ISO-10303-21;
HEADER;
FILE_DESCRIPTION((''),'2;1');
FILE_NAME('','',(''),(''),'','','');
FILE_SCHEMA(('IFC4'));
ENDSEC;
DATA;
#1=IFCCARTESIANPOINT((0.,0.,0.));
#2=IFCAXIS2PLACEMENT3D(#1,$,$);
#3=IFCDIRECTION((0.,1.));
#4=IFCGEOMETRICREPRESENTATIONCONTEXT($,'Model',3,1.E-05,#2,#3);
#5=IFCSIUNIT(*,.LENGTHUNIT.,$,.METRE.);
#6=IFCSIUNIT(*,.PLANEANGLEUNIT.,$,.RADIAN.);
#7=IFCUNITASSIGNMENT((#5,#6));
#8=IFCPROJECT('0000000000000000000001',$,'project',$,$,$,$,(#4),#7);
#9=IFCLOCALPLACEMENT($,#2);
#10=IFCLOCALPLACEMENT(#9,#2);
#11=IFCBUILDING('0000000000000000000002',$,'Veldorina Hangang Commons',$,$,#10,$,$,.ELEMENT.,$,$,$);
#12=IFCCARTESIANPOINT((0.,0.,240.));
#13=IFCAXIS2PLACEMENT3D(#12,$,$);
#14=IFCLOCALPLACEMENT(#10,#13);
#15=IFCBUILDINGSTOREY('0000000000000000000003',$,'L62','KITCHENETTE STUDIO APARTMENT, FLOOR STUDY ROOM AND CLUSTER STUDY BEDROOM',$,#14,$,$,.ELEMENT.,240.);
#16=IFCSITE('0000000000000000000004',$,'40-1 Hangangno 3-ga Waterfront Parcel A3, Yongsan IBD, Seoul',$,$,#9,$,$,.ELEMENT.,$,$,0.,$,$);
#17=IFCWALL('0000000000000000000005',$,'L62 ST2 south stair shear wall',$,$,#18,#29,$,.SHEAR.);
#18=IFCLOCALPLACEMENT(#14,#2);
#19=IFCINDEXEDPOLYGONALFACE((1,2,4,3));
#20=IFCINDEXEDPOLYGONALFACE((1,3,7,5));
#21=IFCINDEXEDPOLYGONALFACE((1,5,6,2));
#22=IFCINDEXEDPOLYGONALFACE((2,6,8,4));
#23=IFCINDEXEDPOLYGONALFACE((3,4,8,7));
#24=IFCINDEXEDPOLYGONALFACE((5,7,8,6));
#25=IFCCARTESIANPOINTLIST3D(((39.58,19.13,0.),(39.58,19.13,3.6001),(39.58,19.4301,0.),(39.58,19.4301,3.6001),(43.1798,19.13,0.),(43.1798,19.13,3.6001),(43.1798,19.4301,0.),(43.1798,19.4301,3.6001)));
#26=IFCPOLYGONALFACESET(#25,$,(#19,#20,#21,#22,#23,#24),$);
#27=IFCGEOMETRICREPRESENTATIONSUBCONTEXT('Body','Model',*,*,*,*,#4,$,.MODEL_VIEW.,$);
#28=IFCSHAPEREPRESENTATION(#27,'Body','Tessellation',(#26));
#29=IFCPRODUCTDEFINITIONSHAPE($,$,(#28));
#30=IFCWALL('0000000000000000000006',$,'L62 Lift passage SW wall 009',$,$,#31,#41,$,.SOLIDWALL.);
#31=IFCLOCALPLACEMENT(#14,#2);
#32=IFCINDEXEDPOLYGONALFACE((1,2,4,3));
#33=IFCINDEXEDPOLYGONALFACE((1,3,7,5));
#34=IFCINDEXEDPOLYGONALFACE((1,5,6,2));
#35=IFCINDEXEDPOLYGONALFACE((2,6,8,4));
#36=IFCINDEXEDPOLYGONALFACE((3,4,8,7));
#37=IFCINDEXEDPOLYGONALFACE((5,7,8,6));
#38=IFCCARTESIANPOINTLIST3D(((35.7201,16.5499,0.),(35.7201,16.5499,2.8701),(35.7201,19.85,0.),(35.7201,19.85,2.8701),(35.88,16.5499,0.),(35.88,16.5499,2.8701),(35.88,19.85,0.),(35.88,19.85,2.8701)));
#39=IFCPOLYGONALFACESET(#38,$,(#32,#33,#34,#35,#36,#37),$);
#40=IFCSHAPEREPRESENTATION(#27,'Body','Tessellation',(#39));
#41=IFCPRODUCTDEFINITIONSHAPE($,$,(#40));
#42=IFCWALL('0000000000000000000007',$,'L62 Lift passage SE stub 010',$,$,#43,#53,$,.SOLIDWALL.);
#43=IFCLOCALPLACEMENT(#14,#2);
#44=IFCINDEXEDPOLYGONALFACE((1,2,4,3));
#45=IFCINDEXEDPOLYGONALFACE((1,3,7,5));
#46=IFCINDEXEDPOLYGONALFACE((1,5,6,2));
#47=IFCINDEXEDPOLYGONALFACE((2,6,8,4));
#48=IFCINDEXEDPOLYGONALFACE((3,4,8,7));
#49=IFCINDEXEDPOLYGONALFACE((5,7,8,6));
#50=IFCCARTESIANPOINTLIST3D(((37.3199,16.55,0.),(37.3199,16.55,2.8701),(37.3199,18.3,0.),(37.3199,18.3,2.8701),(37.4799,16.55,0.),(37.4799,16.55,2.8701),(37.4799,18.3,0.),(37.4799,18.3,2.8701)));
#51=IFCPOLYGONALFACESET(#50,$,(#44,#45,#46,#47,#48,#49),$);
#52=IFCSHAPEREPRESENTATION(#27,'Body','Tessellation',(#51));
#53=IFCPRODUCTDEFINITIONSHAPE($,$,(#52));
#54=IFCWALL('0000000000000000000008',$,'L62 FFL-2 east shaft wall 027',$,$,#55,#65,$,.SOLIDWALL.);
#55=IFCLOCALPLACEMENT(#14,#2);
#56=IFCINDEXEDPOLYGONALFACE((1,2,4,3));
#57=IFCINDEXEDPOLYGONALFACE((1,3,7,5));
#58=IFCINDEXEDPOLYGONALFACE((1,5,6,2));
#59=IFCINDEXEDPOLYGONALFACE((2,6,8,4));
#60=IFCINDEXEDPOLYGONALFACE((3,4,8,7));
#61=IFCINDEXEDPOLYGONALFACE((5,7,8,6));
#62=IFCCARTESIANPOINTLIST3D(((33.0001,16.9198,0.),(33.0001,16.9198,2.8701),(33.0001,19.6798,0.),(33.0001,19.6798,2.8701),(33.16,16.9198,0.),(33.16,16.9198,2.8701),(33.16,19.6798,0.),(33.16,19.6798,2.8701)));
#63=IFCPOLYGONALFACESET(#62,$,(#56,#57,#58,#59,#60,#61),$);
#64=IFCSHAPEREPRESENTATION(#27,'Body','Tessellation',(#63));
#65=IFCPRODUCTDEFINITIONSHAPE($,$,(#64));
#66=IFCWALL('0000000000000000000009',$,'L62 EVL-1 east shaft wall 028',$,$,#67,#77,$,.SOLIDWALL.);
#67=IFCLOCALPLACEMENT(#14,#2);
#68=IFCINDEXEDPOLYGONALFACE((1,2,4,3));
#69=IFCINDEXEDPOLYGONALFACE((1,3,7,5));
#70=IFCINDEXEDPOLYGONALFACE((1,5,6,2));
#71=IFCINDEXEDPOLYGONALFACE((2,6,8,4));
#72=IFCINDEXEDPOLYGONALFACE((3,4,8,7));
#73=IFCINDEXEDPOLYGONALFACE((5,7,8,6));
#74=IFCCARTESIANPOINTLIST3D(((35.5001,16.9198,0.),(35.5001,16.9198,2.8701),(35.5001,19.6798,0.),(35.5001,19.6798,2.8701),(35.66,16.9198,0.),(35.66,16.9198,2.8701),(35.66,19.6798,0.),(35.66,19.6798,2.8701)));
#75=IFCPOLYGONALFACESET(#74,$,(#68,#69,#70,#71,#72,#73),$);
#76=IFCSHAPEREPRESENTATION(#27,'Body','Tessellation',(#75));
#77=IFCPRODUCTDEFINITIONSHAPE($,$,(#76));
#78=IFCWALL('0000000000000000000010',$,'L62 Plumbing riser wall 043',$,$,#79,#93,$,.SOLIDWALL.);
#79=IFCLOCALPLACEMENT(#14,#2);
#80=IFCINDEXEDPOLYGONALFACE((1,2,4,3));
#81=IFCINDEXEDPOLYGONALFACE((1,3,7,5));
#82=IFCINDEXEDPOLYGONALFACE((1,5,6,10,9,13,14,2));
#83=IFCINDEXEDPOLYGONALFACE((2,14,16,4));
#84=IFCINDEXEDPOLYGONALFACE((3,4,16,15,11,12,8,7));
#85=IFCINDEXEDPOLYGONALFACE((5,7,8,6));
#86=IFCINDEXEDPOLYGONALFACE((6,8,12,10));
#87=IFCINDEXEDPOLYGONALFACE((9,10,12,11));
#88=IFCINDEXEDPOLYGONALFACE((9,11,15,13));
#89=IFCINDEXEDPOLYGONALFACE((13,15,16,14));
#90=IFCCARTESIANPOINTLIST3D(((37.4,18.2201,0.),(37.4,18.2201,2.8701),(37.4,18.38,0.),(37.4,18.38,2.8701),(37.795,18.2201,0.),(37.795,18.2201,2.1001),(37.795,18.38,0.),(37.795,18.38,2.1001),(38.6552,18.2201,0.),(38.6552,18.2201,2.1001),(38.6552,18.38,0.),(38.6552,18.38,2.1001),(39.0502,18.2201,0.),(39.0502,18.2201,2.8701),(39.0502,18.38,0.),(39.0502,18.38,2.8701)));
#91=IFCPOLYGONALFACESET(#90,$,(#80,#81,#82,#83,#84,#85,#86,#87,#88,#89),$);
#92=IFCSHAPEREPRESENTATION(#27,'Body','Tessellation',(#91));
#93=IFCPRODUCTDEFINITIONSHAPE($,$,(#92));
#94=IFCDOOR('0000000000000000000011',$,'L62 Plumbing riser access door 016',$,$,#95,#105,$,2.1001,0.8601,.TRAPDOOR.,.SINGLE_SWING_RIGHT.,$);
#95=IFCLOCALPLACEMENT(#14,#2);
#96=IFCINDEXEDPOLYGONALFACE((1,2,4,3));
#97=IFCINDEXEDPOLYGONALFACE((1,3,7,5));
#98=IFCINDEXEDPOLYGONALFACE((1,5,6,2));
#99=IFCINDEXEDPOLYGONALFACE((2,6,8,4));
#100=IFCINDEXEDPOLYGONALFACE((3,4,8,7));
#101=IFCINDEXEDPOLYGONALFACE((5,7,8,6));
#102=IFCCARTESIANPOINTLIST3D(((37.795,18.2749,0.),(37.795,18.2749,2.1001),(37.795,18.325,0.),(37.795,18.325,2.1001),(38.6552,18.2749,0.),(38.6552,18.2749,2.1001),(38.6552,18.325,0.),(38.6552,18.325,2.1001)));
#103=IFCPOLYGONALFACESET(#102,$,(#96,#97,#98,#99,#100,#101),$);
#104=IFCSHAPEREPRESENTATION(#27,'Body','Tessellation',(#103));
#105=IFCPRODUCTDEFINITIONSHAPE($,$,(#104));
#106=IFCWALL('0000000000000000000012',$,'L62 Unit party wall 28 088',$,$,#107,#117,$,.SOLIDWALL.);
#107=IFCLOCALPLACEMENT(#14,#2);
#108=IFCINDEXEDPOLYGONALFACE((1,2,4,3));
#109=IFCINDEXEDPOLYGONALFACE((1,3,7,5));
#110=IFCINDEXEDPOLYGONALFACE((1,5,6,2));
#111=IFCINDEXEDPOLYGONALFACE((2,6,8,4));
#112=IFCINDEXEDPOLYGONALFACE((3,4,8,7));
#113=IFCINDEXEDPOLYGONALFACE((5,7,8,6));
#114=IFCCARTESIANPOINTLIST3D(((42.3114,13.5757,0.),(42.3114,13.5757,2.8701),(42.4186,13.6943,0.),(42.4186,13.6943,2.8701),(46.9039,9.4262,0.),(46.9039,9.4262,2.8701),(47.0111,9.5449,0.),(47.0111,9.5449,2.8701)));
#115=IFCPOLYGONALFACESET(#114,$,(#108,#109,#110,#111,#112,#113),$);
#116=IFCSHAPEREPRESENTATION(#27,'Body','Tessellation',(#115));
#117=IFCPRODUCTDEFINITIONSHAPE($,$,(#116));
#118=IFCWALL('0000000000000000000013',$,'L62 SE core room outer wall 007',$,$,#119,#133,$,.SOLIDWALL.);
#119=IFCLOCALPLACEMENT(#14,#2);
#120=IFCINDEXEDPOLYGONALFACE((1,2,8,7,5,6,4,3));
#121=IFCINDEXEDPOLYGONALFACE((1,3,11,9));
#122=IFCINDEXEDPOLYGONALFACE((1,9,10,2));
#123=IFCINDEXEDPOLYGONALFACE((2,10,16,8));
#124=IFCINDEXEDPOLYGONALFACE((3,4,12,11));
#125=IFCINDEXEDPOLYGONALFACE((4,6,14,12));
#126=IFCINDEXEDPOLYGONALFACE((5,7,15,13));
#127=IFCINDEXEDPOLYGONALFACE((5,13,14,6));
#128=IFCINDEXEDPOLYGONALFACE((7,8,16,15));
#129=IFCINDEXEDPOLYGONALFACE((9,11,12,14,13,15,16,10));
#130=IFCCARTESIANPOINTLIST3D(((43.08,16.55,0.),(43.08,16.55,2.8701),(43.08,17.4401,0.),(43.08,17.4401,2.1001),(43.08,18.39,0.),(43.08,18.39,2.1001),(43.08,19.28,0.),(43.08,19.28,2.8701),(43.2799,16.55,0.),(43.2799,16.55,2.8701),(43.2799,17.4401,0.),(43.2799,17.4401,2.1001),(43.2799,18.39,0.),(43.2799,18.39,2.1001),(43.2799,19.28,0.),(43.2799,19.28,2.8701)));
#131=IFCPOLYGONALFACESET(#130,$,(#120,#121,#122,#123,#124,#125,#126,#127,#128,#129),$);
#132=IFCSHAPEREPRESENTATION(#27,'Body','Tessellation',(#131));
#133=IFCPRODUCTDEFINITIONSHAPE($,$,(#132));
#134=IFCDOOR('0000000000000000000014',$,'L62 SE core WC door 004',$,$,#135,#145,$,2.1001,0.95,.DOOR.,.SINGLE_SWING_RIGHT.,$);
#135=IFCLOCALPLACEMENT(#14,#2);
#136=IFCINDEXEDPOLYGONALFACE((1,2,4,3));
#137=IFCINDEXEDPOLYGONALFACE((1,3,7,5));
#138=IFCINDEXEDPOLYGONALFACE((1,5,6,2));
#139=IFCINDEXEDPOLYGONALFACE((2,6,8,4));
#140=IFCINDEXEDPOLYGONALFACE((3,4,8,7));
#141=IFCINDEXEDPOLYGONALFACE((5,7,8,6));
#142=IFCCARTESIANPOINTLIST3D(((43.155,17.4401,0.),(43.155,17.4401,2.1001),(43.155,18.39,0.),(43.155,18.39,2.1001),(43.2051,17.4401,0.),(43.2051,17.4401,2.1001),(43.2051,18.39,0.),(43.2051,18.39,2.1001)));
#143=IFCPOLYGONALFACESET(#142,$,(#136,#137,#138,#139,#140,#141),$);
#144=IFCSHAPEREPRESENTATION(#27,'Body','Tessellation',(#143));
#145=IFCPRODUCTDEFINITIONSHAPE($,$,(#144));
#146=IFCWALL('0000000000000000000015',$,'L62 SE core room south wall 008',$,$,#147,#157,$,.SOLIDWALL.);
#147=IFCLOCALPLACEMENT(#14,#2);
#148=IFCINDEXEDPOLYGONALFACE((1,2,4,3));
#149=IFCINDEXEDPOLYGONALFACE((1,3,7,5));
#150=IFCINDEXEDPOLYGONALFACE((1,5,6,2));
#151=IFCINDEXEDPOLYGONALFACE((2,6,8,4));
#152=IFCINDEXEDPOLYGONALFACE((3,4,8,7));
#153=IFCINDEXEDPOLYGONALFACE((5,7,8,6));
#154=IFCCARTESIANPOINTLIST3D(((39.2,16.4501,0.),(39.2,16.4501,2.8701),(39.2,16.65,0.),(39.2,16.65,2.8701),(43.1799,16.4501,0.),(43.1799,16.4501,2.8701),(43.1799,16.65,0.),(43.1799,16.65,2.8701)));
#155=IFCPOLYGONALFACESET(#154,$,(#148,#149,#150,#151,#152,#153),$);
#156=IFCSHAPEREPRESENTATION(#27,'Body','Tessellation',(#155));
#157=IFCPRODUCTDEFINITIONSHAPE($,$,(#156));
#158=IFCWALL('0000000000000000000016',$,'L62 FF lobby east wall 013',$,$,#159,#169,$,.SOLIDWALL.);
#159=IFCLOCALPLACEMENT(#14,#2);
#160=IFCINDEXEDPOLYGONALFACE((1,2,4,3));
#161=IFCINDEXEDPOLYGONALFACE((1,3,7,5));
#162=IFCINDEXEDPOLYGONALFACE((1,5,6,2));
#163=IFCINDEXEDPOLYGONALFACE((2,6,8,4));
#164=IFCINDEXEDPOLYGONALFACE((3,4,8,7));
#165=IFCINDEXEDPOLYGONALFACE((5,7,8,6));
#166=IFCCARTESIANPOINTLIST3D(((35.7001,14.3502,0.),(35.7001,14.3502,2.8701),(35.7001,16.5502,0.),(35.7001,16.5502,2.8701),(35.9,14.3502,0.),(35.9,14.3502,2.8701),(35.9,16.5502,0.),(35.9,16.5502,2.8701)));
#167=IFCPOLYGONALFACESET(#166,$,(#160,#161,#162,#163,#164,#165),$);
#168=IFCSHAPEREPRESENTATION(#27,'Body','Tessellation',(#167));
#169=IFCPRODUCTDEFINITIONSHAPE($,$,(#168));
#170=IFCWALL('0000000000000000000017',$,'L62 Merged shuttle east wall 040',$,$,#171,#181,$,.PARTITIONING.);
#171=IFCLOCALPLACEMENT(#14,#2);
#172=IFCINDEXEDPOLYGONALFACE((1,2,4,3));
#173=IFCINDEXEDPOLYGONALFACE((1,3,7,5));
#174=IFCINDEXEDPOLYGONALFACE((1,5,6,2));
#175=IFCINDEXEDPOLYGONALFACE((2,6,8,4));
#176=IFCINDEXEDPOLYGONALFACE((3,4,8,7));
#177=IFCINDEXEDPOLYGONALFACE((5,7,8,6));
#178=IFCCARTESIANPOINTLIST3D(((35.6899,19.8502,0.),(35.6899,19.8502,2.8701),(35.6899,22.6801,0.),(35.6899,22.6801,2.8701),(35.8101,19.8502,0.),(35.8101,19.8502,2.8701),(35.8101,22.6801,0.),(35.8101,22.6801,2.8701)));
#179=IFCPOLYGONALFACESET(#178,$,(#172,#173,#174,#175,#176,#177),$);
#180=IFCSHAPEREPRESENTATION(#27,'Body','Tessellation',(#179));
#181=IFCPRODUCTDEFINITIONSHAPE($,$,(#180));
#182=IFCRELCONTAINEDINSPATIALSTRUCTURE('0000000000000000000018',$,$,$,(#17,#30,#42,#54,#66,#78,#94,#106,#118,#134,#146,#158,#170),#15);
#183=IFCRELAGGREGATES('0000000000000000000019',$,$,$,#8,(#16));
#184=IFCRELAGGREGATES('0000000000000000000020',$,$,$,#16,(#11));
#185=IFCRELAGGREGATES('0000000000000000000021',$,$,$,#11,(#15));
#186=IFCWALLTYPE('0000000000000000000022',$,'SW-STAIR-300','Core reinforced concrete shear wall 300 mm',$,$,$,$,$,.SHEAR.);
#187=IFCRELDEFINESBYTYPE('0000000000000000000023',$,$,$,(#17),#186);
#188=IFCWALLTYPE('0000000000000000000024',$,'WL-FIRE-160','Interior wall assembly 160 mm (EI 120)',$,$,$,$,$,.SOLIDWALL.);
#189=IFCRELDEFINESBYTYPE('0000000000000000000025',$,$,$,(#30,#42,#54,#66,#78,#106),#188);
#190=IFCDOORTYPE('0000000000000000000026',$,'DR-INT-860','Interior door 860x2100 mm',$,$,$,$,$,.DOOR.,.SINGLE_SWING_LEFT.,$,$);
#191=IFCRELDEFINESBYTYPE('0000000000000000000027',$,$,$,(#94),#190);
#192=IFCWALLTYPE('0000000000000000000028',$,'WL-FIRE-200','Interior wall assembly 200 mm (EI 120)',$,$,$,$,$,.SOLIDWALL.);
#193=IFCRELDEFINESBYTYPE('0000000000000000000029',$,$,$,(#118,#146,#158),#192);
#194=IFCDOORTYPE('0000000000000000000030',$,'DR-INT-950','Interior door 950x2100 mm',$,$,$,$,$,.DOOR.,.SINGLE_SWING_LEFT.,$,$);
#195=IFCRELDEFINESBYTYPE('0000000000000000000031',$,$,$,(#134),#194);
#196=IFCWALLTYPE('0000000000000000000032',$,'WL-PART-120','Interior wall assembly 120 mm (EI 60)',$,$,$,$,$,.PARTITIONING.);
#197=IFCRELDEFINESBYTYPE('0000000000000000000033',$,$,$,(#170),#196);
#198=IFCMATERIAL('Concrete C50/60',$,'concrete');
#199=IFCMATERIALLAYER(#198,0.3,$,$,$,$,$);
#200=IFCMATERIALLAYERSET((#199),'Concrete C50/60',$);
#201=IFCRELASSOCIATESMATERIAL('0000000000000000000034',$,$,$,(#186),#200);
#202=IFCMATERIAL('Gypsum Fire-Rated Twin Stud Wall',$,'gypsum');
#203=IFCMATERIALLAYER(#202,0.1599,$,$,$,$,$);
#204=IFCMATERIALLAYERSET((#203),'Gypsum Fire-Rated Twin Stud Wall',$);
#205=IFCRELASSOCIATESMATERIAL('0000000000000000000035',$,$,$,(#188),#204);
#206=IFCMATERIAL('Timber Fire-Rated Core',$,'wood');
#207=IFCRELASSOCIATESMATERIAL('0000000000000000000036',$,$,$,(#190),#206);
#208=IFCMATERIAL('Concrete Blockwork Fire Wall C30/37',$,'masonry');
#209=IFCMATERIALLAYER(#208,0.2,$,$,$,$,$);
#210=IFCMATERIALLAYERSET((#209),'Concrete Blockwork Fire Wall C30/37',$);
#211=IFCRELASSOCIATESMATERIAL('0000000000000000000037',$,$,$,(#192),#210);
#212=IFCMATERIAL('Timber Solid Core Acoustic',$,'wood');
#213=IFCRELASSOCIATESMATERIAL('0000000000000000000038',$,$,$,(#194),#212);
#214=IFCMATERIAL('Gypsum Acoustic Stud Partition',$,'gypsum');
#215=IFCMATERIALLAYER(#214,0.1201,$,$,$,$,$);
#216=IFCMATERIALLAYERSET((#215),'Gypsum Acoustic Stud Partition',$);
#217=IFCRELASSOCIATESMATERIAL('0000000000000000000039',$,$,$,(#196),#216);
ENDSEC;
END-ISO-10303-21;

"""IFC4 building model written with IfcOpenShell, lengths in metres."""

from ifc_helpers import new_model, si_unit, direction, frame, frame_2d, origin, place, context, subcontext, project, spatial, rectangle, extrude, material, layer, layer_set, type_object, element, fill, save


model = new_model("IFC4")

# Units and contexts
model_context = context("Model", 3, precision=1e-05, world=origin(), true_north=direction((0.0, 1.0)))
body_context = subcontext(model_context, "Body", "Model", "MODEL_VIEW")
ifc_project = project(units=[si_unit("LENGTHUNIT", "METRE"), si_unit("PLANEANGLEUNIT", "RADIAN")], contexts=[model_context])

# Site, building, storey
site_placement = place(None, origin())
site = spatial("IfcSite", under=ifc_project, at=site_placement, Name="40-1 Hangangno 3-ga Waterfront Parcel A3, Yongsan IBD, Seoul", CompositionType="ELEMENT", RefElevation=0.0)
building_placement = place(site_placement, origin())
building = spatial("IfcBuilding", under=site, at=building_placement, Name="Veldorina Hangang Commons", CompositionType="ELEMENT")
storey_placement = place(building_placement, frame((0.0, 0.0, 240.0)))
storey = spatial("IfcBuildingStorey", under=building, at=storey_placement, Name="L62", Description="KITCHENETTE STUDIO APARTMENT, FLOOR STUDY ROOM AND CLUSTER STUDY BEDROOM", CompositionType="ELEMENT", Elevation=240.0)

# Shared definitions
ifc_material_1 = material(Name="Concrete C50/60", Category="concrete")

# Walls
ifc_layer_1 = layer(ifc_material_1, 0.3)
ifc_layer_set_1 = layer_set([ifc_layer_1], Name="Concrete C50/60")
wall_type_1 = type_object("IfcWallType", Name="SW-STAIR-300", Description="Core reinforced concrete shear wall 300 mm", PredefinedType="SHEAR", material=ifc_layer_set_1)
wall_1_placement = place(storey_placement, frame((39.5801, 19.28, 0.0), z_axis=(0.0, 0.0, 1.0), x_axis=(1.0, 0.0, 0.0)))
element("IfcWall", 1, at=wall_1_placement, inside=storey, type_object=wall_type_1, Name="L62 ST2 south stair shear wall", PredefinedType="SHEAR", context=body_context, shape_type="SweptSolid", body=[
    extrude(rectangle(XDim=3.5999, YDim=0.3, at=frame_2d((1.7998, 0.0))), origin(), (0.0, 0.0, 1.0), 3.6001),
])
ifc_material_2 = material(Name="Gypsum Fire-Rated Twin Stud Wall", Category="gypsum")
ifc_layer_2 = layer(ifc_material_2, 0.1599)
ifc_layer_set_2 = layer_set([ifc_layer_2], Name="Gypsum Fire-Rated Twin Stud Wall")
wall_type_2 = type_object("IfcWallType", Name="WL-FIRE-160", Description="Interior wall assembly 160 mm (EI 120)", PredefinedType="SOLIDWALL", material=ifc_layer_set_2)
wall_2_placement = place(storey_placement, frame((35.8, 16.55, 0.0), z_axis=(0.0, 0.0, 1.0), x_axis=(0.0, 1.0, 0.0)))
element("IfcWall", 2, at=wall_2_placement, inside=storey, type_object=wall_type_2, Name="L62 Lift passage SW wall 009", PredefinedType="SOLIDWALL", context=body_context, shape_type="SweptSolid", body=[
    extrude(rectangle(XDim=3.3, YDim=0.1599, at=frame_2d((1.6499, 0.0))), origin(), (0.0, 0.0, 1.0), 2.8701),
])
wall_3_placement = place(storey_placement, frame((37.3999, 16.55, 0.0), z_axis=(0.0, 0.0, 1.0), x_axis=(0.0, 1.0, 0.0)))
element("IfcWall", 3, at=wall_3_placement, inside=storey, type_object=wall_type_2, Name="L62 Lift passage SE stub 010", PredefinedType="SOLIDWALL", context=body_context, shape_type="SweptSolid", body=[
    extrude(rectangle(XDim=1.75, YDim=0.1599, at=frame_2d((0.875, 0.0))), origin(), (0.0, 0.0, 1.0), 2.8701),
])
for number, where, z_axis, x_axis, name in (
    (4, (33.0801, 16.9199, 0.0), (0.0, 0.0, 1.0), (0.0, 1.0, 0.0), "L62 FFL-2 east shaft wall 027"),
    (5, (35.5801, 16.9199, 0.0), (0.0, 0.0, 1.0), (0.0, 1.0, 0.0), "L62 EVL-1 east shaft wall 028"),
):
    element("IfcWall", number, at=place(storey_placement, frame(where, z_axis=z_axis, x_axis=x_axis)), inside=storey, type_object=wall_type_2, Name=name, PredefinedType="SOLIDWALL", context=body_context, shape_type="SweptSolid", body=[
        extrude(rectangle(XDim=2.76, YDim=0.1599, at=frame_2d((1.3799, 0.0))), origin(), (0.0, 0.0, 1.0), 2.8701),
    ])

# Wall, opening, door
wall_4_placement = place(storey_placement, frame((37.3999, 18.3, 0.0), z_axis=(0.0, 0.0, 1.0), x_axis=(1.0, 0.0, 0.0)))
wall_4 = element("IfcWall", 6, at=wall_4_placement, inside=storey, type_object=wall_type_2, Name="L62 Plumbing riser wall 043", PredefinedType="SOLIDWALL", context=body_context, shape_type="SweptSolid", body=[
    extrude(rectangle(XDim=1.6501, YDim=0.1599, at=frame_2d((0.8252, 0.0))), origin(), (0.0, 0.0, 1.0), 2.8701),
])
opening_1_placement = place(wall_4_placement, frame((0.395, 0.0, 0.0)))
opening_1 = element("IfcOpeningElement", 7, at=opening_1_placement, cuts=wall_4, PredefinedType="OPENING", context=body_context, shape_type="SweptSolid", body=[
    extrude(rectangle(XDim=0.8601, YDim=2.1001, at=frame_2d((0.4302, 1.05))), frame((0.0, 0.0898, 0.0), z_axis=(0.0, -1.0, 0.0), x_axis=(1.0, 0.0, 0.0)), (0.0, 0.0, 1.0), 0.1799),
])
ifc_material_3 = material(Name="Timber Fire-Rated Core", Category="wood")
door_type_1 = type_object("IfcDoorType", Name="DR-INT-860", Description="Interior door 860x2100 mm", OperationType="SINGLE_SWING_LEFT", PredefinedType="DOOR", material=ifc_material_3)
door_1_placement = place(opening_1_placement, origin())
door_1 = element("IfcDoor", 8, at=door_1_placement, inside=storey, type_object=door_type_1, Name="L62 Plumbing riser access door 016", OperationType="SINGLE_SWING_RIGHT", OverallHeight=2.1001, OverallWidth=0.8601, PredefinedType="TRAPDOOR", context=body_context, shape_type="SweptSolid", body=[
    extrude(rectangle(XDim=0.8601, YDim=2.1001, at=frame_2d((0.4302, 1.05))), frame((0.0, 0.0249, 0.0), z_axis=(0.0, -1.0, 0.0), x_axis=(1.0, 0.0, 0.0)), (0.0, 0.0, 1.0), 0.05),
])
fill(opening_1, door_1)

# Wall
wall_5_placement = place(storey_placement, frame((42.365, 13.635, 0.0), z_axis=(0.0, 0.0, 1.0), x_axis=(0.741996, -0.670404, 0.0)))
element("IfcWall", 9, at=wall_5_placement, inside=storey, type_object=wall_type_2, Name="L62 Unit party wall 28 088", PredefinedType="SOLIDWALL", context=body_context, shape_type="SweptSolid", body=[
    extrude(rectangle(XDim=6.1895, YDim=0.1599, at=frame_2d((3.0947, 0.0))), origin(), (0.0, 0.0, 1.0), 2.8701),
])

# Wall, opening, door
ifc_material_4 = material(Name="Concrete Blockwork Fire Wall C30/37", Category="masonry")
ifc_layer_3 = layer(ifc_material_4, 0.2)
ifc_layer_set_3 = layer_set([ifc_layer_3], Name="Concrete Blockwork Fire Wall C30/37")
wall_type_3 = type_object("IfcWallType", Name="WL-FIRE-200", Description="Interior wall assembly 200 mm (EI 120)", PredefinedType="SOLIDWALL", material=ifc_layer_set_3)
wall_6_placement = place(storey_placement, frame((43.1799, 16.55, 0.0), z_axis=(0.0, 0.0, 1.0), x_axis=(0.0, 1.0, 0.0)))
wall_6 = element("IfcWall", 10, at=wall_6_placement, inside=storey, type_object=wall_type_3, Name="L62 SE core room outer wall 007", PredefinedType="SOLIDWALL", context=body_context, shape_type="SweptSolid", body=[
    extrude(rectangle(XDim=2.73, YDim=0.2, at=frame_2d((1.365, 0.0))), origin(), (0.0, 0.0, 1.0), 2.8701),
])
opening_2_placement = place(wall_6_placement, frame((0.8899, 0.0, 0.0)))
opening_2 = element("IfcOpeningElement", 11, at=opening_2_placement, cuts=wall_6, PredefinedType="OPENING", context=body_context, shape_type="SweptSolid", body=[
    extrude(rectangle(XDim=0.95, YDim=2.1001, at=frame_2d((0.4751, 1.05))), frame((0.0, 0.1099, 0.0), z_axis=(0.0, -1.0, 0.0), x_axis=(1.0, 0.0, 0.0)), (0.0, 0.0, 1.0), 0.22),
])
ifc_material_5 = material(Name="Timber Solid Core Acoustic", Category="wood")
door_type_2 = type_object("IfcDoorType", Name="DR-INT-950", Description="Interior door 950x2100 mm", OperationType="SINGLE_SWING_LEFT", PredefinedType="DOOR", material=ifc_material_5)
door_2_placement = place(opening_2_placement, origin())
door_2 = element("IfcDoor", 12, at=door_2_placement, inside=storey, type_object=door_type_2, Name="L62 SE core WC door 004", OperationType="SINGLE_SWING_RIGHT", OverallHeight=2.1001, OverallWidth=0.95, PredefinedType="DOOR", context=body_context, shape_type="SweptSolid", body=[
    extrude(rectangle(XDim=0.95, YDim=2.1001, at=frame_2d((0.4751, 1.05))), frame((0.0, 0.0249, 0.0), z_axis=(0.0, -1.0, 0.0), x_axis=(1.0, 0.0, 0.0)), (0.0, 0.0, 1.0), 0.05),
])
fill(opening_2, door_2)

# Walls
wall_7_placement = place(storey_placement, frame((39.2, 16.55, 0.0), z_axis=(0.0, 0.0, 1.0), x_axis=(1.0, 0.0, 0.0)))
element("IfcWall", 13, at=wall_7_placement, inside=storey, type_object=wall_type_3, Name="L62 SE core room south wall 008", PredefinedType="SOLIDWALL", context=body_context, shape_type="SweptSolid", body=[
    extrude(rectangle(XDim=3.98, YDim=0.2, at=frame_2d((1.99, 0.0))), origin(), (0.0, 0.0, 1.0), 2.8701),
])
wall_8_placement = place(storey_placement, frame((35.8, 14.3501, 0.0), z_axis=(0.0, 0.0, 1.0), x_axis=(0.0, 1.0, 0.0)))
element("IfcWall", 14, at=wall_8_placement, inside=storey, type_object=wall_type_3, Name="L62 FF lobby east wall 013", PredefinedType="SOLIDWALL", context=body_context, shape_type="SweptSolid", body=[
    extrude(rectangle(XDim=2.2, YDim=0.2, at=frame_2d((1.1001, 0.0))), origin(), (0.0, 0.0, 1.0), 2.8701),
])
ifc_material_6 = material(Name="Gypsum Acoustic Stud Partition", Category="gypsum")
ifc_layer_4 = layer(ifc_material_6, 0.1201)
ifc_layer_set_4 = layer_set([ifc_layer_4], Name="Gypsum Acoustic Stud Partition")
wall_type_4 = type_object("IfcWallType", Name="WL-PART-120", Description="Interior wall assembly 120 mm (EI 60)", PredefinedType="PARTITIONING", material=ifc_layer_set_4)
wall_9_placement = place(storey_placement, frame((35.75, 19.8501, 0.0), z_axis=(0.0, 0.0, 1.0), x_axis=(0.0, 1.0, 0.0)))
element("IfcWall", 15, at=wall_9_placement, inside=storey, type_object=wall_type_4, Name="L62 Merged shuttle east wall 040", PredefinedType="PARTITIONING", context=body_context, shape_type="SweptSolid", body=[
    extrude(rectangle(XDim=2.8298, YDim=0.1201, at=frame_2d((1.415, 0.0))), origin(), (0.0, 0.0, 1.0), 2.8701),
])

save(model, "model.ifc")
